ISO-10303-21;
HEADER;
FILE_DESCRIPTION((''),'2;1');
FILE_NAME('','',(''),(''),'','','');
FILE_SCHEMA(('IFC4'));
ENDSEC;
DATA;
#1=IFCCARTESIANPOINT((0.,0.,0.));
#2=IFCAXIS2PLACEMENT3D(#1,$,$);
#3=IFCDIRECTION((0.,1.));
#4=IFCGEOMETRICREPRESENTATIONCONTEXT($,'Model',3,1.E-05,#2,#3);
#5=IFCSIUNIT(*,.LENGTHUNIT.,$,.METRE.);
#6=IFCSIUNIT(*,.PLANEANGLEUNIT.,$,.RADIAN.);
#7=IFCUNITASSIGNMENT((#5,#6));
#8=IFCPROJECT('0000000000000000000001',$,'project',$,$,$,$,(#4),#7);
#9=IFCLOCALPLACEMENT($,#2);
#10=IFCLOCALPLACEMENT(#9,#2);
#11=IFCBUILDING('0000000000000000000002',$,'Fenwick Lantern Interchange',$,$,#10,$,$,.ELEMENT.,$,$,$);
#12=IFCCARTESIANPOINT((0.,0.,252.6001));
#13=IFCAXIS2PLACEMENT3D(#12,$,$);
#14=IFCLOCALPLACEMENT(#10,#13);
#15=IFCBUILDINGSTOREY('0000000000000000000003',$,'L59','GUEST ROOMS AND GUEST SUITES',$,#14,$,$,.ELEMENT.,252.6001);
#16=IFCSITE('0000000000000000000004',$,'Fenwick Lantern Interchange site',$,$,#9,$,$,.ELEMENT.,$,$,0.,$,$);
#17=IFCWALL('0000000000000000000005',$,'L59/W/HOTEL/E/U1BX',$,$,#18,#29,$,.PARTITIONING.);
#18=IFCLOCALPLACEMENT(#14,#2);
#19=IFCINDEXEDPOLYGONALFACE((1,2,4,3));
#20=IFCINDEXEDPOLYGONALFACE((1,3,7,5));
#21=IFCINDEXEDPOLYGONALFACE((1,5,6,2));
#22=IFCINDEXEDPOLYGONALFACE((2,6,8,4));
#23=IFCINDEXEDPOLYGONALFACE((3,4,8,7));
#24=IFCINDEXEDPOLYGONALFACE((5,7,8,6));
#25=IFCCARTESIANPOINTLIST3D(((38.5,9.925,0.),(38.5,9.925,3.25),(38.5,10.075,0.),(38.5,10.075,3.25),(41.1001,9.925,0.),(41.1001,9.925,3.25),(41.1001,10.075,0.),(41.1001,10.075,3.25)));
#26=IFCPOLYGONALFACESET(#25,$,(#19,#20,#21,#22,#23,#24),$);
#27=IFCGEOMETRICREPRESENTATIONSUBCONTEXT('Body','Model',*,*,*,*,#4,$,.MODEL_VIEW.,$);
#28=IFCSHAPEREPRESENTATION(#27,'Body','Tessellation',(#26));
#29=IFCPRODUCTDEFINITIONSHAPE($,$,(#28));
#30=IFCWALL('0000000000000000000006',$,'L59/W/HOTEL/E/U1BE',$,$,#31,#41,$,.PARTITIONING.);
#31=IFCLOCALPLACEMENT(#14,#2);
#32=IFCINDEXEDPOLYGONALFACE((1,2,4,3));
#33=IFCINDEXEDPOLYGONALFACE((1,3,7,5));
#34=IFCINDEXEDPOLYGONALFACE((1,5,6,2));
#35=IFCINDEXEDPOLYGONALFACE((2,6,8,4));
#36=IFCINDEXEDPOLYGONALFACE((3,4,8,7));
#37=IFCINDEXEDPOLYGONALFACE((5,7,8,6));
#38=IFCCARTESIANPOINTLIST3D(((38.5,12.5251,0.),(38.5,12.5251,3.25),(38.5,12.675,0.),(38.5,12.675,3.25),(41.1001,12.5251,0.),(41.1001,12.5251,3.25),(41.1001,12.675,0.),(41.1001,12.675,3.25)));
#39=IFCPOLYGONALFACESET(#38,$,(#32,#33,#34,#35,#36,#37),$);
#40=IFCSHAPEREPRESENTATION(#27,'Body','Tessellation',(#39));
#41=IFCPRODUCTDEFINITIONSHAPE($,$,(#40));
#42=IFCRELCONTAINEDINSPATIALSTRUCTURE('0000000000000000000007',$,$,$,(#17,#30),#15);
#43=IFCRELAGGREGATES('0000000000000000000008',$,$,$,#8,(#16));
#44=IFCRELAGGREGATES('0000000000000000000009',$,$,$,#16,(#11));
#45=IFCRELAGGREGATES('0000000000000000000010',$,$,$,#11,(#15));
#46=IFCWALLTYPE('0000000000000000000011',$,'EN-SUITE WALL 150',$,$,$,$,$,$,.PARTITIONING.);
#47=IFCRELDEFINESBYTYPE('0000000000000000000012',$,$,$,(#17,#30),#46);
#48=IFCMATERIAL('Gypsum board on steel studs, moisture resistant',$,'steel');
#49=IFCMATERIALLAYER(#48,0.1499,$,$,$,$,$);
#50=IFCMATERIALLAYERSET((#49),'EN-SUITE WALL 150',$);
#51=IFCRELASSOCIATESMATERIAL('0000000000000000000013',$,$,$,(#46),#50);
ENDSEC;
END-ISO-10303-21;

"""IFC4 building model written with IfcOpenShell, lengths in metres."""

from ifc_helpers import new_model, si_unit, direction, frame, frame_2d, origin, place, context, subcontext, project, spatial, rectangle, extrude, material, layer, layer_set, type_object, element, save


model = new_model("IFC4")

# Units and contexts
model_context = context("Model", 3, precision=1e-05, world=origin(), true_north=direction((0.0, 1.0)))
body_context = subcontext(model_context, "Body", "Model", "MODEL_VIEW")
ifc_project = project(units=[si_unit("LENGTHUNIT", "METRE"), si_unit("PLANEANGLEUNIT", "RADIAN")], contexts=[model_context])

# Site, building, storey
site_placement = place(None, origin())
site = spatial("IfcSite", under=ifc_project, at=site_placement, Name="Fenwick Lantern Interchange site", CompositionType="ELEMENT", RefElevation=0.0)
building_placement = place(site_placement, origin())
building = spatial("IfcBuilding", under=site, at=building_placement, Name="Fenwick Lantern Interchange", CompositionType="ELEMENT")
storey_placement = place(building_placement, frame((0.0, 0.0, 252.6001)))
storey = spatial("IfcBuildingStorey", under=building, at=storey_placement, Name="L59", Description="GUEST ROOMS AND GUEST SUITES", CompositionType="ELEMENT", Elevation=252.6001)

# Shared definitions
ifc_material_1 = material(Name="Gypsum board on steel studs, moisture resistant", Category="steel")
ifc_layer = layer(ifc_material_1, 0.1499)
ifc_layer_set = layer_set([ifc_layer], Name="EN-SUITE WALL 150")
wall_type = type_object("IfcWallType", Name="EN-SUITE WALL 150", PredefinedType="PARTITIONING", material=ifc_layer_set)

# Walls
for number, where, z_axis, x_axis, name in (
    (1, (41.1001, 10.0, 0.0), (0.0, 0.0, 1.0), (-1.0, 0.0, 0.0), "L59/W/HOTEL/E/U1BX"),
    (2, (41.1001, 12.6001, 0.0), (0.0, 0.0, 1.0), (-1.0, 0.0, 0.0), "L59/W/HOTEL/E/U1BE"),
):
    element("IfcWall", number, at=place(storey_placement, frame(where, z_axis=z_axis, x_axis=x_axis)), inside=storey, type_object=wall_type, Name=name, PredefinedType="PARTITIONING", context=body_context, shape_type="SweptSolid", body=[
        extrude(rectangle(XDim=2.6001, YDim=0.1499, at=frame_2d((1.3, 0.0))), origin(), (0.0, 0.0, 1.0), 3.25),
    ])

save(model, "model.ifc")
